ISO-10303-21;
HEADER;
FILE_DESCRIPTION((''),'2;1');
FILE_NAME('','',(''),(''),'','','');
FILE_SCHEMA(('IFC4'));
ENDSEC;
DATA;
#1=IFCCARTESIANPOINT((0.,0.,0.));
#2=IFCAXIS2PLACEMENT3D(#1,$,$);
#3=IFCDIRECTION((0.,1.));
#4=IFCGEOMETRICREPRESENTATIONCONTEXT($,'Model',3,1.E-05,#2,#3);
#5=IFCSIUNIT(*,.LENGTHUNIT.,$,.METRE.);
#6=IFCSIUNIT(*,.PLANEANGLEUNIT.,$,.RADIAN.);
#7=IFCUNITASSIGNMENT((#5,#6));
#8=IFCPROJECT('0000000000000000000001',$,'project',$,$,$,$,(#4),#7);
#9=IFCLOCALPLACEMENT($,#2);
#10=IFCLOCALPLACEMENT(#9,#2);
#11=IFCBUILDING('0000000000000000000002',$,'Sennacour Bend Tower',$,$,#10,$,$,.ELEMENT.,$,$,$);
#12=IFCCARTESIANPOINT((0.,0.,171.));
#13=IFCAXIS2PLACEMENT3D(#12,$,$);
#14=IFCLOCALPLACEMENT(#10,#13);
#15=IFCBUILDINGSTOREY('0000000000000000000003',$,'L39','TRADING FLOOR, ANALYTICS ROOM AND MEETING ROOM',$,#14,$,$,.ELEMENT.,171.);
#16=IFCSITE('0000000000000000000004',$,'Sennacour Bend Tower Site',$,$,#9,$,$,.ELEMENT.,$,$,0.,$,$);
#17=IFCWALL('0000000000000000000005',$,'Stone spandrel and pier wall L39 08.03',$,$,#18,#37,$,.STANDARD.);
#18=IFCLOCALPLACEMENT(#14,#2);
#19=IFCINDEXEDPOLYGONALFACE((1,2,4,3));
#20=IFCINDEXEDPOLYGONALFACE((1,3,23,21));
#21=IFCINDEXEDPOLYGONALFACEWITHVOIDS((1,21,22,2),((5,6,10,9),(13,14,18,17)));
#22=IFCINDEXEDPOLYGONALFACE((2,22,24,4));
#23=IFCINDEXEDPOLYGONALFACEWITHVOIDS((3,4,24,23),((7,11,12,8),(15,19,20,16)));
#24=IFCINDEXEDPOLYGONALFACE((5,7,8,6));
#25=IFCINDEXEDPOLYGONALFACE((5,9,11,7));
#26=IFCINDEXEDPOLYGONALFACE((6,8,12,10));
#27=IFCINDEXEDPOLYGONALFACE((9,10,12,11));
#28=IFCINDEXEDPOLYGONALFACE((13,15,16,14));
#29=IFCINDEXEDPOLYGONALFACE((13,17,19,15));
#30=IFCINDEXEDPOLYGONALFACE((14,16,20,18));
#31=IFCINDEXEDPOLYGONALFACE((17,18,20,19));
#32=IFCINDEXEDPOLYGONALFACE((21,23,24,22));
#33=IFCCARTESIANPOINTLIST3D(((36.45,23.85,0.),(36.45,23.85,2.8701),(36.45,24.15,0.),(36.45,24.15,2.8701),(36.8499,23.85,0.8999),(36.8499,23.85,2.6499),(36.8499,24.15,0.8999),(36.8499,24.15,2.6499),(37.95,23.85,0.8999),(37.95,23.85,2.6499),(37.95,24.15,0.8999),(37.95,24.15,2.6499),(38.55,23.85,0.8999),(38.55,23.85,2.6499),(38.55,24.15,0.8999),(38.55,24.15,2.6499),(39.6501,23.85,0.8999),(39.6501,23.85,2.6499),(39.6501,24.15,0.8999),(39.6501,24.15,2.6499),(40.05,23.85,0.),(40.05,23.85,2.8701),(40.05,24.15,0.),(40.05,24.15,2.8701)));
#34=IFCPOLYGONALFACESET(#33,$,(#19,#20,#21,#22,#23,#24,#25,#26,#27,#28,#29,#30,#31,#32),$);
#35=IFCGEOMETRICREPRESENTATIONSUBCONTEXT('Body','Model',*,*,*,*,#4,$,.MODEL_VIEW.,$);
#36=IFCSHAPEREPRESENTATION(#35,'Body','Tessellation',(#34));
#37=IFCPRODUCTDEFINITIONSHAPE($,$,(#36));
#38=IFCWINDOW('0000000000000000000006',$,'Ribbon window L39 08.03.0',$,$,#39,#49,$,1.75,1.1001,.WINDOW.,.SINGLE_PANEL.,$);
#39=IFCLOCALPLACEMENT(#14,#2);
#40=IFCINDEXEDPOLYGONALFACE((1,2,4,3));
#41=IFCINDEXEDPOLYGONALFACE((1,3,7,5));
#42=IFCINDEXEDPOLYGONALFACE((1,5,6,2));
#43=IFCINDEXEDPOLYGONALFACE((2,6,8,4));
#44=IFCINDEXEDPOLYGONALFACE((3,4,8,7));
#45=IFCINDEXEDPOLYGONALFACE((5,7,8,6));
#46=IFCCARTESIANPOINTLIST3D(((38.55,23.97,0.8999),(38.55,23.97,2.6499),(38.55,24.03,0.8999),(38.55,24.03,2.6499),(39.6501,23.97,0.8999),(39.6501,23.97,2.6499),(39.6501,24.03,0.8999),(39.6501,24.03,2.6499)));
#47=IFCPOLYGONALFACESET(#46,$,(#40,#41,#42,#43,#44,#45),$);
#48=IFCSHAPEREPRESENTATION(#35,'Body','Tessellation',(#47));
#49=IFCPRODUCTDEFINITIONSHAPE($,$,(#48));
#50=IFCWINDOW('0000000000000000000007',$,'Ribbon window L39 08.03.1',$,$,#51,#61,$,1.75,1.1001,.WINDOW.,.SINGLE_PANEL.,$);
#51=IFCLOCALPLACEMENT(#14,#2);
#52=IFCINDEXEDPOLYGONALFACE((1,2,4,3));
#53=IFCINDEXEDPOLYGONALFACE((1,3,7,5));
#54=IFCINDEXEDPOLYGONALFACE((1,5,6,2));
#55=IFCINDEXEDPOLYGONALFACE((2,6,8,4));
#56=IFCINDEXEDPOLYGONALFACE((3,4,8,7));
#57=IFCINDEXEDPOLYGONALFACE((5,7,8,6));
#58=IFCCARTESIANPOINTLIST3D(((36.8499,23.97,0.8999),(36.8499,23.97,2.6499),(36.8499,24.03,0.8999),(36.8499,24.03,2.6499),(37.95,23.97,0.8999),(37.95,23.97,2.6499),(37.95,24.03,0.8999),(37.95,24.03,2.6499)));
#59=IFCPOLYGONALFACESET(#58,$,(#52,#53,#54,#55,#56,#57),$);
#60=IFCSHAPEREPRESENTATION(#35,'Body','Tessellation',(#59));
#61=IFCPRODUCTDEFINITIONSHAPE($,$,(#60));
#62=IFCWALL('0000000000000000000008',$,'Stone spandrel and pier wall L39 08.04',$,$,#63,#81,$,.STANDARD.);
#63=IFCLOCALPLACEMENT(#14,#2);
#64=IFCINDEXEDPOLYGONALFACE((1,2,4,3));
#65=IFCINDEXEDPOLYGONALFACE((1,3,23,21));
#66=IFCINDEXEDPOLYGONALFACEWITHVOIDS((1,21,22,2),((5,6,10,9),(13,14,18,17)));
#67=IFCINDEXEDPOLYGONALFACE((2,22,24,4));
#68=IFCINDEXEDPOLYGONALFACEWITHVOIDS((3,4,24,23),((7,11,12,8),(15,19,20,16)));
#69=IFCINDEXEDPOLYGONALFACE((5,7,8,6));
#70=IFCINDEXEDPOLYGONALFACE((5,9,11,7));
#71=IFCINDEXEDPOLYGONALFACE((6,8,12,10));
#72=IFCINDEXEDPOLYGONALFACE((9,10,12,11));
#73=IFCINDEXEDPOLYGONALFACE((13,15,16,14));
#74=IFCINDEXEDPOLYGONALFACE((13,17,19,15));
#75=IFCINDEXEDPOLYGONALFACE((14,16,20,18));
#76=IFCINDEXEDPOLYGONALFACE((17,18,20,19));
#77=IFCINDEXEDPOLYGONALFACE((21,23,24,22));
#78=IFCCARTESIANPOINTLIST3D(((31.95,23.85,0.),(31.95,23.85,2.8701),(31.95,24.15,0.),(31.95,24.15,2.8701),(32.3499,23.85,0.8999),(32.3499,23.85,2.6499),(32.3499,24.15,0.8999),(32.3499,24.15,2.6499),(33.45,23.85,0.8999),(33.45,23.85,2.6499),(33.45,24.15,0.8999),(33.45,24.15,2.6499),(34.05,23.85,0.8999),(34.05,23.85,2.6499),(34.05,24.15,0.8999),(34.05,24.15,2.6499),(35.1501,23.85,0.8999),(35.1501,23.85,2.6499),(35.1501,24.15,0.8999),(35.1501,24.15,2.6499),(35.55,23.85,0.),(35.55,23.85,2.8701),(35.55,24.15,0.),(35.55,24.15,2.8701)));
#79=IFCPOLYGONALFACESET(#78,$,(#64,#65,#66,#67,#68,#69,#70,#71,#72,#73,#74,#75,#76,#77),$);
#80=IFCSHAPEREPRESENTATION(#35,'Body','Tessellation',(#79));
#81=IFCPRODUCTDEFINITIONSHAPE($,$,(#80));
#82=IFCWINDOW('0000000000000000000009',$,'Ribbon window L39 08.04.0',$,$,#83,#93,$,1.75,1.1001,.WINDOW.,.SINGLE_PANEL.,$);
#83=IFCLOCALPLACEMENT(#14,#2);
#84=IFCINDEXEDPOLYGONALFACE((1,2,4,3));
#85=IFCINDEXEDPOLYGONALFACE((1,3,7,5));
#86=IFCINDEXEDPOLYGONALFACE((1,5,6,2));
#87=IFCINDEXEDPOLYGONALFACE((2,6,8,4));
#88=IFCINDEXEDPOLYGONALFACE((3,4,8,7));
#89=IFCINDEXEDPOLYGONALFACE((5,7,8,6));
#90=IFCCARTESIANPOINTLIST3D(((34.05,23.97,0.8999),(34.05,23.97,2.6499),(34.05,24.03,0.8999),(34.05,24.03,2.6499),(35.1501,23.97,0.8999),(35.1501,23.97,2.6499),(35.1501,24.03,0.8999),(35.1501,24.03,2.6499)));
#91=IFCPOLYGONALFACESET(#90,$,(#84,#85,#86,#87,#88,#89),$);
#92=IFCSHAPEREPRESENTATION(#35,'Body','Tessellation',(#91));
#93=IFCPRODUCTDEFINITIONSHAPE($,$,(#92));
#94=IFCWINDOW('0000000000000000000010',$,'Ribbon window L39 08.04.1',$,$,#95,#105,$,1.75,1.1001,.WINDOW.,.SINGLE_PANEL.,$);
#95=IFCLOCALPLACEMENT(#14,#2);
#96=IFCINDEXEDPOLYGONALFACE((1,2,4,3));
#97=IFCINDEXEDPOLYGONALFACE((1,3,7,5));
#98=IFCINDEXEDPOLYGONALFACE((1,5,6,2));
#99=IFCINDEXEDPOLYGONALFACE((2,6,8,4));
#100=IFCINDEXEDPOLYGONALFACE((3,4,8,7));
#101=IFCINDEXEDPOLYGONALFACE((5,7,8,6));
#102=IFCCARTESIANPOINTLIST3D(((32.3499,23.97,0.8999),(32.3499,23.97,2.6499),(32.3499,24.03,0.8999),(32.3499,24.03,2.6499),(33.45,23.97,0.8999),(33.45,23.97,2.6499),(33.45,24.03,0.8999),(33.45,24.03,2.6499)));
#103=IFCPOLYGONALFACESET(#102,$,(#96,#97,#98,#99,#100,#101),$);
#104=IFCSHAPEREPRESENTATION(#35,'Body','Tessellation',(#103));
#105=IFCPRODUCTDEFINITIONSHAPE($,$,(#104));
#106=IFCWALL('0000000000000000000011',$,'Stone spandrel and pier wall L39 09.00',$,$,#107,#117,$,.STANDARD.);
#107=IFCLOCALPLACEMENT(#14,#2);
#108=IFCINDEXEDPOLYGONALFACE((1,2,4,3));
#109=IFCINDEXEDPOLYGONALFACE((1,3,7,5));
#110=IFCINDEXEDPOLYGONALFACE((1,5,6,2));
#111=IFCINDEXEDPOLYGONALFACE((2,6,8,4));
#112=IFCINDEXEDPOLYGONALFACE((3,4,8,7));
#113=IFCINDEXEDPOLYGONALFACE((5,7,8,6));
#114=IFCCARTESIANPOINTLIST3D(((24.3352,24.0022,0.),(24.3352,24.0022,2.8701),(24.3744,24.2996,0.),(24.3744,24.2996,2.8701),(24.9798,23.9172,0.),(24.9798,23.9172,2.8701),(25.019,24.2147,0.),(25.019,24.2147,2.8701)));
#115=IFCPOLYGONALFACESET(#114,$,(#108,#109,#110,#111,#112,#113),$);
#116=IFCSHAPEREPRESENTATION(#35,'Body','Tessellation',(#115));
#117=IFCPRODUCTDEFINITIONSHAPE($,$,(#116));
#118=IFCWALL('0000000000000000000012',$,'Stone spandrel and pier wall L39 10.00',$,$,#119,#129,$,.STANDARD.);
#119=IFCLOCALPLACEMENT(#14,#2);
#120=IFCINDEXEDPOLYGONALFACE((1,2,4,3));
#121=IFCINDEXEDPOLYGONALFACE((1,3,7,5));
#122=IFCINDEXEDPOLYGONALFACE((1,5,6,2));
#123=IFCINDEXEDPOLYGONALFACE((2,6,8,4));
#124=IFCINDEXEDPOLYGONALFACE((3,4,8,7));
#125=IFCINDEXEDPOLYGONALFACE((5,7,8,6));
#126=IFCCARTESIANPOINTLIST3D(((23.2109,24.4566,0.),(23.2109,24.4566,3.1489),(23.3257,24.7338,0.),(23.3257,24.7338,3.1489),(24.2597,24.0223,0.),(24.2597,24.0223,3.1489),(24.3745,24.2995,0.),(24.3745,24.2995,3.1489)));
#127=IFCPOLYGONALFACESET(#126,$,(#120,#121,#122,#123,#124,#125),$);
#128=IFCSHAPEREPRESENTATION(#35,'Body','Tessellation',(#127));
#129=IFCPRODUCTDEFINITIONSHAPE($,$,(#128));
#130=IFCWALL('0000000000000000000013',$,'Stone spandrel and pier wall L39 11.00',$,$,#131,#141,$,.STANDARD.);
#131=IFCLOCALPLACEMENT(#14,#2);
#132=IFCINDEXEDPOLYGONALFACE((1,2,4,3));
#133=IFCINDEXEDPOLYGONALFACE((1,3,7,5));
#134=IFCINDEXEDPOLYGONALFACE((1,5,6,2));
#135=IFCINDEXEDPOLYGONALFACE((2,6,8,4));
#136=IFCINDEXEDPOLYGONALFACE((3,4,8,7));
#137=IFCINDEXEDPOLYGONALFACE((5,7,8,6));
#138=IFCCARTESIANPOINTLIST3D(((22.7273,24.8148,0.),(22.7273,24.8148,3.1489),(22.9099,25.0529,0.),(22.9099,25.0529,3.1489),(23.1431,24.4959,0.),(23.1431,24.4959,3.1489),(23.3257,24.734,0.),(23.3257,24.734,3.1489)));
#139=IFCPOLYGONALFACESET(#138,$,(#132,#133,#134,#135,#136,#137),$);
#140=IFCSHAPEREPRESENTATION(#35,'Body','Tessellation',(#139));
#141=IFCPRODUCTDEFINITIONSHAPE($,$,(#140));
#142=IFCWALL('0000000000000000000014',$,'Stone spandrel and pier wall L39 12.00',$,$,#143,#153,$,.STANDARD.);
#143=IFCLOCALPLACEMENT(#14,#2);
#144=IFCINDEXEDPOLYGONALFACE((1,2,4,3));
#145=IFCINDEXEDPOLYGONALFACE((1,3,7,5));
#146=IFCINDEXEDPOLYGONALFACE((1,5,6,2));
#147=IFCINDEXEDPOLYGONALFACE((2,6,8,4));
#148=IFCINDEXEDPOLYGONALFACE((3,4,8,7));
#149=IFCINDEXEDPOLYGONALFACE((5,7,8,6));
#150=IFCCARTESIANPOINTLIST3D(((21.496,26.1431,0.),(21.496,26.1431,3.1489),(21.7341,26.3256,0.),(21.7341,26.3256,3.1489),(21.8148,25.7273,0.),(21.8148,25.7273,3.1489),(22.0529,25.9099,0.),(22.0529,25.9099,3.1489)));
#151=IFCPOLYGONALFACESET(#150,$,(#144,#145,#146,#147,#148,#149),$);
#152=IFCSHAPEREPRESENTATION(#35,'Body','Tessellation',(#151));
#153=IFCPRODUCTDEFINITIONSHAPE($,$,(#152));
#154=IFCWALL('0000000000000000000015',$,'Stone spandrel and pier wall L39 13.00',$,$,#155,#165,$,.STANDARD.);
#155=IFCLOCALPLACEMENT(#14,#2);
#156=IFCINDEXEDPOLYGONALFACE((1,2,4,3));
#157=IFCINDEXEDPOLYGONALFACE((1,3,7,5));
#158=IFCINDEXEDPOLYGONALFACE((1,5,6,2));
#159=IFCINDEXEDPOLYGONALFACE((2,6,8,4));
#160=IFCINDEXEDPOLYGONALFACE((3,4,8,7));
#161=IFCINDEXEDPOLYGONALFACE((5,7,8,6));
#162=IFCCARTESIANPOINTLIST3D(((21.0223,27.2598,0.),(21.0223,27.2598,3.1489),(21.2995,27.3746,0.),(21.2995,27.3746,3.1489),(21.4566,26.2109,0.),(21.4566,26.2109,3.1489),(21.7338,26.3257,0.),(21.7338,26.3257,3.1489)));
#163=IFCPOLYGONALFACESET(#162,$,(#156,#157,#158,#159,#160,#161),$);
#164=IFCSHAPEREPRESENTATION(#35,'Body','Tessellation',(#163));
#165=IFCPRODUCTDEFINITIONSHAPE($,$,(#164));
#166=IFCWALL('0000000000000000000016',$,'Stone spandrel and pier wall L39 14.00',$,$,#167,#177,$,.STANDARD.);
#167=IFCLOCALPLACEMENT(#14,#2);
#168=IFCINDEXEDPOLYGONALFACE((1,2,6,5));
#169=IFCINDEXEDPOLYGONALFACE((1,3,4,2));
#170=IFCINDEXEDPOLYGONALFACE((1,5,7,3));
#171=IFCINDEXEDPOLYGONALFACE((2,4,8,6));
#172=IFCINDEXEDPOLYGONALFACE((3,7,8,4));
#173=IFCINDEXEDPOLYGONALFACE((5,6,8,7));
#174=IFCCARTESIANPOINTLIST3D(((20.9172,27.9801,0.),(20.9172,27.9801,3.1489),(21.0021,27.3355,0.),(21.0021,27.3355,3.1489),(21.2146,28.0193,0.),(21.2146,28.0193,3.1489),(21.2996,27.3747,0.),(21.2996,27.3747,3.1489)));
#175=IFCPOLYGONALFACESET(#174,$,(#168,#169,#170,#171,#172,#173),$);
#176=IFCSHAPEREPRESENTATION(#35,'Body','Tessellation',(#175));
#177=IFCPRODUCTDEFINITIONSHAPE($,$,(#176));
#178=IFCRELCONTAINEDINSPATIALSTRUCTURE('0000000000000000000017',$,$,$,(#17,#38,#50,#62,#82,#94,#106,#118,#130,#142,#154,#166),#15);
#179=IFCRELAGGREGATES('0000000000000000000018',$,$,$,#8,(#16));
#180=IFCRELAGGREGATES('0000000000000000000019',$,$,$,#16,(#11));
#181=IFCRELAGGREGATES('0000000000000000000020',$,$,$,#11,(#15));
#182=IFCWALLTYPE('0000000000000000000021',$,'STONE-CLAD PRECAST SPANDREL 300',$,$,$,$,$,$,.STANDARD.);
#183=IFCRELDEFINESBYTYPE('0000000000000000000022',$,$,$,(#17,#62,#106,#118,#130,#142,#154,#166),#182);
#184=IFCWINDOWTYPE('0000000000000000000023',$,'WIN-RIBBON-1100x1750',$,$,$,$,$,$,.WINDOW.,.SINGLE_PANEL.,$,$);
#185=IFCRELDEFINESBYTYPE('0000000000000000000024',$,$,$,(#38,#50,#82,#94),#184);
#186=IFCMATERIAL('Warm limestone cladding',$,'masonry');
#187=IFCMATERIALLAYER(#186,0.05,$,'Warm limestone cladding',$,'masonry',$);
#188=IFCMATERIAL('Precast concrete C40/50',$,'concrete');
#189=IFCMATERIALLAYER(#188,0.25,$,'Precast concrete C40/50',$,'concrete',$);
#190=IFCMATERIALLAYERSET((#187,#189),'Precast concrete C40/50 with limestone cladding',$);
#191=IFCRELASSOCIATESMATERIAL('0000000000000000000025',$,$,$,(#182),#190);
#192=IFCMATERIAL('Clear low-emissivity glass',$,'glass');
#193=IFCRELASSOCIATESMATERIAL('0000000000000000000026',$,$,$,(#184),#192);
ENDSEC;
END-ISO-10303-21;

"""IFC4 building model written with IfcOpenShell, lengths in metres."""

from ifc_helpers import new_model, si_unit, direction, frame, frame_2d, origin, place, context, subcontext, project, spatial, rectangle, extrude, material, layer, layer_set, type_object, element, fill, save


model = new_model("IFC4")

# Units and contexts
model_context = context("Model", 3, precision=1e-05, world=origin(), true_north=direction((0.0, 1.0)))
body_context = subcontext(model_context, "Body", "Model", "MODEL_VIEW")
ifc_project = project(units=[si_unit("LENGTHUNIT", "METRE"), si_unit("PLANEANGLEUNIT", "RADIAN")], contexts=[model_context])

# Site, building, storey
site_placement = place(None, origin())
site = spatial("IfcSite", under=ifc_project, at=site_placement, Name="Sennacour Bend Tower Site", CompositionType="ELEMENT", RefElevation=0.0)
building_placement = place(site_placement, origin())
building = spatial("IfcBuilding", under=site, at=building_placement, Name="Sennacour Bend Tower", CompositionType="ELEMENT")
storey_placement = place(building_placement, frame((0.0, 0.0, 171.0)))
storey = spatial("IfcBuildingStorey", under=building, at=storey_placement, Name="L39", Description="TRADING FLOOR, ANALYTICS ROOM AND MEETING ROOM", CompositionType="ELEMENT", Elevation=171.0)

# Walls, openings, windows
ifc_material_1 = material(Name="Warm limestone cladding", Category="masonry")
ifc_layer_1 = layer(ifc_material_1, 0.05, Name="Warm limestone cladding", Category="masonry")
ifc_material_2 = material(Name="Precast concrete C40/50", Category="concrete")
ifc_layer_2 = layer(ifc_material_2, 0.25, Name="Precast concrete C40/50", Category="concrete")
ifc_layer_set_1 = layer_set([ifc_layer_1, ifc_layer_2], Name="Precast concrete C40/50 with limestone cladding")
wall_type_1 = type_object("IfcWallType", Name="STONE-CLAD PRECAST SPANDREL 300", PredefinedType="STANDARD", material=ifc_layer_set_1)
wall_1_placement = place(storey_placement, frame((40.05, 24.0, 0.0), z_axis=(0.0, 0.0, 1.0), x_axis=(-1.0, 0.0, 0.0)))
wall_1 = element("IfcWall", 1, at=wall_1_placement, inside=storey, type_object=wall_type_1, Name="Stone spandrel and pier wall L39 08.03", PredefinedType="STANDARD", context=body_context, shape_type="SweptSolid", body=[
    extrude(rectangle(XDim=3.6001, YDim=0.3, at=frame_2d((1.8, 0.0))), origin(), (0.0, 0.0, 1.0), 2.8701),
])
opening_1_placement = place(wall_1_placement, frame((0.3999, 0.0, 0.8999)))
opening_1 = element("IfcOpeningElement", 2, at=opening_1_placement, cuts=wall_1, PredefinedType="OPENING", context=body_context, shape_type="SweptSolid", body=[
    extrude(rectangle(XDim=1.1001, YDim=1.75, at=frame_2d((0.55, 0.875))), frame((0.0, 0.1602, 0.0), z_axis=(0.0, -1.0, 0.0), x_axis=(1.0, 0.0, 0.0)), (0.0, 0.0, 1.0), 0.3201),
])
opening_2_placement = place(wall_1_placement, frame((2.1001, 0.0, 0.8999)))
opening_2 = element("IfcOpeningElement", 3, at=opening_2_placement, cuts=wall_1, PredefinedType="OPENING", context=body_context, shape_type="SweptSolid", body=[
    extrude(rectangle(XDim=1.1001, YDim=1.75, at=frame_2d((0.55, 0.875))), frame((0.0, 0.1602, 0.0), z_axis=(0.0, -1.0, 0.0), x_axis=(1.0, 0.0, 0.0)), (0.0, 0.0, 1.0), 0.3201),
])
ifc_material_3 = material(Name="Clear low-emissivity glass", Category="glass")
window_type_1 = type_object("IfcWindowType", Name="WIN-RIBBON-1100x1750", PartitioningType="SINGLE_PANEL", PredefinedType="WINDOW", material=ifc_material_3)
window_1_placement = place(opening_1_placement, origin())
window_1 = element("IfcWindow", 4, at=window_1_placement, inside=storey, type_object=window_type_1, Name="Ribbon window L39 08.03.0", OverallHeight=1.75, OverallWidth=1.1001, PartitioningType="SINGLE_PANEL", PredefinedType="WINDOW", context=body_context, shape_type="SweptSolid", body=[
    extrude(rectangle(XDim=1.1001, YDim=1.75, at=frame_2d((0.55, 0.875))), frame((0.0, 0.03, 0.0), z_axis=(0.0, -1.0, 0.0), x_axis=(1.0, 0.0, 0.0)), (0.0, 0.0, 1.0), 0.0601),
])
fill(opening_1, window_1)
window_2_placement = place(opening_2_placement, origin())
window_2 = element("IfcWindow", 5, at=window_2_placement, inside=storey, type_object=window_type_1, Name="Ribbon window L39 08.03.1", OverallHeight=1.75, OverallWidth=1.1001, PartitioningType="SINGLE_PANEL", PredefinedType="WINDOW", context=body_context, shape_type="SweptSolid", body=[
    extrude(rectangle(XDim=1.1001, YDim=1.75, at=frame_2d((0.55, 0.875))), frame((0.0, 0.03, 0.0), z_axis=(0.0, -1.0, 0.0), x_axis=(1.0, 0.0, 0.0)), (0.0, 0.0, 1.0), 0.0601),
])
fill(opening_2, window_2)
wall_2_placement = place(storey_placement, frame((35.55, 24.0, 0.0), z_axis=(0.0, 0.0, 1.0), x_axis=(-1.0, 0.0, 0.0)))
wall_2 = element("IfcWall", 6, at=wall_2_placement, inside=storey, type_object=wall_type_1, Name="Stone spandrel and pier wall L39 08.04", PredefinedType="STANDARD", context=body_context, shape_type="SweptSolid", body=[
    extrude(rectangle(XDim=3.6001, YDim=0.3, at=frame_2d((1.8, 0.0))), origin(), (0.0, 0.0, 1.0), 2.8701),
])
opening_3_placement = place(wall_2_placement, frame((0.3999, 0.0, 0.8999)))
opening_3 = element("IfcOpeningElement", 7, at=opening_3_placement, cuts=wall_2, PredefinedType="OPENING", context=body_context, shape_type="SweptSolid", body=[
    extrude(rectangle(XDim=1.1001, YDim=1.75, at=frame_2d((0.55, 0.875))), frame((0.0, 0.1602, 0.0), z_axis=(0.0, -1.0, 0.0), x_axis=(1.0, 0.0, 0.0)), (0.0, 0.0, 1.0), 0.3201),
])
opening_4_placement = place(wall_2_placement, frame((2.1001, 0.0, 0.8999)))
opening_4 = element("IfcOpeningElement", 8, at=opening_4_placement, cuts=wall_2, PredefinedType="OPENING", context=body_context, shape_type="SweptSolid", body=[
    extrude(rectangle(XDim=1.1001, YDim=1.75, at=frame_2d((0.55, 0.875))), frame((0.0, 0.1602, 0.0), z_axis=(0.0, -1.0, 0.0), x_axis=(1.0, 0.0, 0.0)), (0.0, 0.0, 1.0), 0.3201),
])
window_3_placement = place(opening_3_placement, origin())
window_3 = element("IfcWindow", 9, at=window_3_placement, inside=storey, type_object=window_type_1, Name="Ribbon window L39 08.04.0", OverallHeight=1.75, OverallWidth=1.1001, PartitioningType="SINGLE_PANEL", PredefinedType="WINDOW", context=body_context, shape_type="SweptSolid", body=[
    extrude(rectangle(XDim=1.1001, YDim=1.75, at=frame_2d((0.55, 0.875))), frame((0.0, 0.03, 0.0), z_axis=(0.0, -1.0, 0.0), x_axis=(1.0, 0.0, 0.0)), (0.0, 0.0, 1.0), 0.0601),
])
fill(opening_3, window_3)
window_4_placement = place(opening_4_placement, origin())
window_4 = element("IfcWindow", 10, at=window_4_placement, inside=storey, type_object=window_type_1, Name="Ribbon window L39 08.04.1", OverallHeight=1.75, OverallWidth=1.1001, PartitioningType="SINGLE_PANEL", PredefinedType="WINDOW", context=body_context, shape_type="SweptSolid", body=[
    extrude(rectangle(XDim=1.1001, YDim=1.75, at=frame_2d((0.55, 0.875))), frame((0.0, 0.03, 0.0), z_axis=(0.0, -1.0, 0.0), x_axis=(1.0, 0.0, 0.0)), (0.0, 0.0, 1.0), 0.0601),
])
fill(opening_4, window_4)

# Walls
wall_3_placement = place(storey_placement, frame((24.9995, 24.0659, 0.0), z_axis=(0.0, 0.0, 1.0), x_axis=(-0.991424, 0.130688, 0.0)))
element("IfcWall", 11, at=wall_3_placement, inside=storey, type_object=wall_type_1, Name="Stone spandrel and pier wall L39 09.00", PredefinedType="STANDARD", context=body_context, shape_type="SweptSolid", body=[
    extrude(rectangle(XDim=0.6501, YDim=0.3, at=frame_2d((0.3252, 0.0))), origin(), (0.0, 0.0, 1.0), 2.8701),
])
wall_4_placement = place(storey_placement, frame((24.3171, 24.1609, 0.0), z_axis=(0.0, 0.0, 1.0), x_axis=(-0.923915, 0.382599, 0.0)))
element("IfcWall", 12, at=wall_4_placement, inside=storey, type_object=wall_type_1, Name="Stone spandrel and pier wall L39 10.00", PredefinedType="STANDARD", context=body_context, shape_type="SweptSolid", body=[
    extrude(rectangle(XDim=1.1353, YDim=0.3, at=frame_2d((0.5676, 0.0))), origin(), (0.0, 0.0, 1.0), 3.1489),
])
for number, where, z_axis, x_axis, name in (
    (13, (23.2344, 24.615, 0.0), (0.0, 0.0, 1.0), (-0.793524, 0.608539, 0.0), "Stone spandrel and pier wall L39 11.00"),
    (14, (21.9338, 25.8186, 0.0), (0.0, 0.0, 1.0), (-0.608539, 0.793524, 0.0), "Stone spandrel and pier wall L39 12.00"),
):
    element("IfcWall", number, at=place(storey_placement, frame(where, z_axis=z_axis, x_axis=x_axis)), inside=storey, type_object=wall_type_1, Name=name, PredefinedType="STANDARD", context=body_context, shape_type="SweptSolid", body=[
        extrude(rectangle(XDim=0.5239, YDim=0.3, at=frame_2d((0.262, 0.0))), origin(), (0.0, 0.0, 1.0), 3.1489),
    ])
wall_5_placement = place(storey_placement, frame((21.5952, 26.2683, 0.0), z_axis=(0.0, 0.0, 1.0), x_axis=(-0.382599, 0.923915, 0.0)))
element("IfcWall", 15, at=wall_5_placement, inside=storey, type_object=wall_type_1, Name="Stone spandrel and pier wall L39 13.00", PredefinedType="STANDARD", context=body_context, shape_type="SweptSolid", body=[
    extrude(rectangle(XDim=1.1353, YDim=0.3, at=frame_2d((0.5676, 0.0))), origin(), (0.0, 0.0, 1.0), 3.1489),
])
wall_6_placement = place(storey_placement, frame((21.1509, 27.355, 0.0), z_axis=(0.0, 0.0, 1.0), x_axis=(-0.130688, 0.991424, 0.0)))
element("IfcWall", 16, at=wall_6_placement, inside=storey, type_object=wall_type_1, Name="Stone spandrel and pier wall L39 14.00", PredefinedType="STANDARD", context=body_context, shape_type="SweptSolid", body=[
    extrude(rectangle(XDim=0.6501, YDim=0.3, at=frame_2d((0.3252, 0.0))), origin(), (0.0, 0.0, 1.0), 3.1489),
])

save(model, "model.ifc")
